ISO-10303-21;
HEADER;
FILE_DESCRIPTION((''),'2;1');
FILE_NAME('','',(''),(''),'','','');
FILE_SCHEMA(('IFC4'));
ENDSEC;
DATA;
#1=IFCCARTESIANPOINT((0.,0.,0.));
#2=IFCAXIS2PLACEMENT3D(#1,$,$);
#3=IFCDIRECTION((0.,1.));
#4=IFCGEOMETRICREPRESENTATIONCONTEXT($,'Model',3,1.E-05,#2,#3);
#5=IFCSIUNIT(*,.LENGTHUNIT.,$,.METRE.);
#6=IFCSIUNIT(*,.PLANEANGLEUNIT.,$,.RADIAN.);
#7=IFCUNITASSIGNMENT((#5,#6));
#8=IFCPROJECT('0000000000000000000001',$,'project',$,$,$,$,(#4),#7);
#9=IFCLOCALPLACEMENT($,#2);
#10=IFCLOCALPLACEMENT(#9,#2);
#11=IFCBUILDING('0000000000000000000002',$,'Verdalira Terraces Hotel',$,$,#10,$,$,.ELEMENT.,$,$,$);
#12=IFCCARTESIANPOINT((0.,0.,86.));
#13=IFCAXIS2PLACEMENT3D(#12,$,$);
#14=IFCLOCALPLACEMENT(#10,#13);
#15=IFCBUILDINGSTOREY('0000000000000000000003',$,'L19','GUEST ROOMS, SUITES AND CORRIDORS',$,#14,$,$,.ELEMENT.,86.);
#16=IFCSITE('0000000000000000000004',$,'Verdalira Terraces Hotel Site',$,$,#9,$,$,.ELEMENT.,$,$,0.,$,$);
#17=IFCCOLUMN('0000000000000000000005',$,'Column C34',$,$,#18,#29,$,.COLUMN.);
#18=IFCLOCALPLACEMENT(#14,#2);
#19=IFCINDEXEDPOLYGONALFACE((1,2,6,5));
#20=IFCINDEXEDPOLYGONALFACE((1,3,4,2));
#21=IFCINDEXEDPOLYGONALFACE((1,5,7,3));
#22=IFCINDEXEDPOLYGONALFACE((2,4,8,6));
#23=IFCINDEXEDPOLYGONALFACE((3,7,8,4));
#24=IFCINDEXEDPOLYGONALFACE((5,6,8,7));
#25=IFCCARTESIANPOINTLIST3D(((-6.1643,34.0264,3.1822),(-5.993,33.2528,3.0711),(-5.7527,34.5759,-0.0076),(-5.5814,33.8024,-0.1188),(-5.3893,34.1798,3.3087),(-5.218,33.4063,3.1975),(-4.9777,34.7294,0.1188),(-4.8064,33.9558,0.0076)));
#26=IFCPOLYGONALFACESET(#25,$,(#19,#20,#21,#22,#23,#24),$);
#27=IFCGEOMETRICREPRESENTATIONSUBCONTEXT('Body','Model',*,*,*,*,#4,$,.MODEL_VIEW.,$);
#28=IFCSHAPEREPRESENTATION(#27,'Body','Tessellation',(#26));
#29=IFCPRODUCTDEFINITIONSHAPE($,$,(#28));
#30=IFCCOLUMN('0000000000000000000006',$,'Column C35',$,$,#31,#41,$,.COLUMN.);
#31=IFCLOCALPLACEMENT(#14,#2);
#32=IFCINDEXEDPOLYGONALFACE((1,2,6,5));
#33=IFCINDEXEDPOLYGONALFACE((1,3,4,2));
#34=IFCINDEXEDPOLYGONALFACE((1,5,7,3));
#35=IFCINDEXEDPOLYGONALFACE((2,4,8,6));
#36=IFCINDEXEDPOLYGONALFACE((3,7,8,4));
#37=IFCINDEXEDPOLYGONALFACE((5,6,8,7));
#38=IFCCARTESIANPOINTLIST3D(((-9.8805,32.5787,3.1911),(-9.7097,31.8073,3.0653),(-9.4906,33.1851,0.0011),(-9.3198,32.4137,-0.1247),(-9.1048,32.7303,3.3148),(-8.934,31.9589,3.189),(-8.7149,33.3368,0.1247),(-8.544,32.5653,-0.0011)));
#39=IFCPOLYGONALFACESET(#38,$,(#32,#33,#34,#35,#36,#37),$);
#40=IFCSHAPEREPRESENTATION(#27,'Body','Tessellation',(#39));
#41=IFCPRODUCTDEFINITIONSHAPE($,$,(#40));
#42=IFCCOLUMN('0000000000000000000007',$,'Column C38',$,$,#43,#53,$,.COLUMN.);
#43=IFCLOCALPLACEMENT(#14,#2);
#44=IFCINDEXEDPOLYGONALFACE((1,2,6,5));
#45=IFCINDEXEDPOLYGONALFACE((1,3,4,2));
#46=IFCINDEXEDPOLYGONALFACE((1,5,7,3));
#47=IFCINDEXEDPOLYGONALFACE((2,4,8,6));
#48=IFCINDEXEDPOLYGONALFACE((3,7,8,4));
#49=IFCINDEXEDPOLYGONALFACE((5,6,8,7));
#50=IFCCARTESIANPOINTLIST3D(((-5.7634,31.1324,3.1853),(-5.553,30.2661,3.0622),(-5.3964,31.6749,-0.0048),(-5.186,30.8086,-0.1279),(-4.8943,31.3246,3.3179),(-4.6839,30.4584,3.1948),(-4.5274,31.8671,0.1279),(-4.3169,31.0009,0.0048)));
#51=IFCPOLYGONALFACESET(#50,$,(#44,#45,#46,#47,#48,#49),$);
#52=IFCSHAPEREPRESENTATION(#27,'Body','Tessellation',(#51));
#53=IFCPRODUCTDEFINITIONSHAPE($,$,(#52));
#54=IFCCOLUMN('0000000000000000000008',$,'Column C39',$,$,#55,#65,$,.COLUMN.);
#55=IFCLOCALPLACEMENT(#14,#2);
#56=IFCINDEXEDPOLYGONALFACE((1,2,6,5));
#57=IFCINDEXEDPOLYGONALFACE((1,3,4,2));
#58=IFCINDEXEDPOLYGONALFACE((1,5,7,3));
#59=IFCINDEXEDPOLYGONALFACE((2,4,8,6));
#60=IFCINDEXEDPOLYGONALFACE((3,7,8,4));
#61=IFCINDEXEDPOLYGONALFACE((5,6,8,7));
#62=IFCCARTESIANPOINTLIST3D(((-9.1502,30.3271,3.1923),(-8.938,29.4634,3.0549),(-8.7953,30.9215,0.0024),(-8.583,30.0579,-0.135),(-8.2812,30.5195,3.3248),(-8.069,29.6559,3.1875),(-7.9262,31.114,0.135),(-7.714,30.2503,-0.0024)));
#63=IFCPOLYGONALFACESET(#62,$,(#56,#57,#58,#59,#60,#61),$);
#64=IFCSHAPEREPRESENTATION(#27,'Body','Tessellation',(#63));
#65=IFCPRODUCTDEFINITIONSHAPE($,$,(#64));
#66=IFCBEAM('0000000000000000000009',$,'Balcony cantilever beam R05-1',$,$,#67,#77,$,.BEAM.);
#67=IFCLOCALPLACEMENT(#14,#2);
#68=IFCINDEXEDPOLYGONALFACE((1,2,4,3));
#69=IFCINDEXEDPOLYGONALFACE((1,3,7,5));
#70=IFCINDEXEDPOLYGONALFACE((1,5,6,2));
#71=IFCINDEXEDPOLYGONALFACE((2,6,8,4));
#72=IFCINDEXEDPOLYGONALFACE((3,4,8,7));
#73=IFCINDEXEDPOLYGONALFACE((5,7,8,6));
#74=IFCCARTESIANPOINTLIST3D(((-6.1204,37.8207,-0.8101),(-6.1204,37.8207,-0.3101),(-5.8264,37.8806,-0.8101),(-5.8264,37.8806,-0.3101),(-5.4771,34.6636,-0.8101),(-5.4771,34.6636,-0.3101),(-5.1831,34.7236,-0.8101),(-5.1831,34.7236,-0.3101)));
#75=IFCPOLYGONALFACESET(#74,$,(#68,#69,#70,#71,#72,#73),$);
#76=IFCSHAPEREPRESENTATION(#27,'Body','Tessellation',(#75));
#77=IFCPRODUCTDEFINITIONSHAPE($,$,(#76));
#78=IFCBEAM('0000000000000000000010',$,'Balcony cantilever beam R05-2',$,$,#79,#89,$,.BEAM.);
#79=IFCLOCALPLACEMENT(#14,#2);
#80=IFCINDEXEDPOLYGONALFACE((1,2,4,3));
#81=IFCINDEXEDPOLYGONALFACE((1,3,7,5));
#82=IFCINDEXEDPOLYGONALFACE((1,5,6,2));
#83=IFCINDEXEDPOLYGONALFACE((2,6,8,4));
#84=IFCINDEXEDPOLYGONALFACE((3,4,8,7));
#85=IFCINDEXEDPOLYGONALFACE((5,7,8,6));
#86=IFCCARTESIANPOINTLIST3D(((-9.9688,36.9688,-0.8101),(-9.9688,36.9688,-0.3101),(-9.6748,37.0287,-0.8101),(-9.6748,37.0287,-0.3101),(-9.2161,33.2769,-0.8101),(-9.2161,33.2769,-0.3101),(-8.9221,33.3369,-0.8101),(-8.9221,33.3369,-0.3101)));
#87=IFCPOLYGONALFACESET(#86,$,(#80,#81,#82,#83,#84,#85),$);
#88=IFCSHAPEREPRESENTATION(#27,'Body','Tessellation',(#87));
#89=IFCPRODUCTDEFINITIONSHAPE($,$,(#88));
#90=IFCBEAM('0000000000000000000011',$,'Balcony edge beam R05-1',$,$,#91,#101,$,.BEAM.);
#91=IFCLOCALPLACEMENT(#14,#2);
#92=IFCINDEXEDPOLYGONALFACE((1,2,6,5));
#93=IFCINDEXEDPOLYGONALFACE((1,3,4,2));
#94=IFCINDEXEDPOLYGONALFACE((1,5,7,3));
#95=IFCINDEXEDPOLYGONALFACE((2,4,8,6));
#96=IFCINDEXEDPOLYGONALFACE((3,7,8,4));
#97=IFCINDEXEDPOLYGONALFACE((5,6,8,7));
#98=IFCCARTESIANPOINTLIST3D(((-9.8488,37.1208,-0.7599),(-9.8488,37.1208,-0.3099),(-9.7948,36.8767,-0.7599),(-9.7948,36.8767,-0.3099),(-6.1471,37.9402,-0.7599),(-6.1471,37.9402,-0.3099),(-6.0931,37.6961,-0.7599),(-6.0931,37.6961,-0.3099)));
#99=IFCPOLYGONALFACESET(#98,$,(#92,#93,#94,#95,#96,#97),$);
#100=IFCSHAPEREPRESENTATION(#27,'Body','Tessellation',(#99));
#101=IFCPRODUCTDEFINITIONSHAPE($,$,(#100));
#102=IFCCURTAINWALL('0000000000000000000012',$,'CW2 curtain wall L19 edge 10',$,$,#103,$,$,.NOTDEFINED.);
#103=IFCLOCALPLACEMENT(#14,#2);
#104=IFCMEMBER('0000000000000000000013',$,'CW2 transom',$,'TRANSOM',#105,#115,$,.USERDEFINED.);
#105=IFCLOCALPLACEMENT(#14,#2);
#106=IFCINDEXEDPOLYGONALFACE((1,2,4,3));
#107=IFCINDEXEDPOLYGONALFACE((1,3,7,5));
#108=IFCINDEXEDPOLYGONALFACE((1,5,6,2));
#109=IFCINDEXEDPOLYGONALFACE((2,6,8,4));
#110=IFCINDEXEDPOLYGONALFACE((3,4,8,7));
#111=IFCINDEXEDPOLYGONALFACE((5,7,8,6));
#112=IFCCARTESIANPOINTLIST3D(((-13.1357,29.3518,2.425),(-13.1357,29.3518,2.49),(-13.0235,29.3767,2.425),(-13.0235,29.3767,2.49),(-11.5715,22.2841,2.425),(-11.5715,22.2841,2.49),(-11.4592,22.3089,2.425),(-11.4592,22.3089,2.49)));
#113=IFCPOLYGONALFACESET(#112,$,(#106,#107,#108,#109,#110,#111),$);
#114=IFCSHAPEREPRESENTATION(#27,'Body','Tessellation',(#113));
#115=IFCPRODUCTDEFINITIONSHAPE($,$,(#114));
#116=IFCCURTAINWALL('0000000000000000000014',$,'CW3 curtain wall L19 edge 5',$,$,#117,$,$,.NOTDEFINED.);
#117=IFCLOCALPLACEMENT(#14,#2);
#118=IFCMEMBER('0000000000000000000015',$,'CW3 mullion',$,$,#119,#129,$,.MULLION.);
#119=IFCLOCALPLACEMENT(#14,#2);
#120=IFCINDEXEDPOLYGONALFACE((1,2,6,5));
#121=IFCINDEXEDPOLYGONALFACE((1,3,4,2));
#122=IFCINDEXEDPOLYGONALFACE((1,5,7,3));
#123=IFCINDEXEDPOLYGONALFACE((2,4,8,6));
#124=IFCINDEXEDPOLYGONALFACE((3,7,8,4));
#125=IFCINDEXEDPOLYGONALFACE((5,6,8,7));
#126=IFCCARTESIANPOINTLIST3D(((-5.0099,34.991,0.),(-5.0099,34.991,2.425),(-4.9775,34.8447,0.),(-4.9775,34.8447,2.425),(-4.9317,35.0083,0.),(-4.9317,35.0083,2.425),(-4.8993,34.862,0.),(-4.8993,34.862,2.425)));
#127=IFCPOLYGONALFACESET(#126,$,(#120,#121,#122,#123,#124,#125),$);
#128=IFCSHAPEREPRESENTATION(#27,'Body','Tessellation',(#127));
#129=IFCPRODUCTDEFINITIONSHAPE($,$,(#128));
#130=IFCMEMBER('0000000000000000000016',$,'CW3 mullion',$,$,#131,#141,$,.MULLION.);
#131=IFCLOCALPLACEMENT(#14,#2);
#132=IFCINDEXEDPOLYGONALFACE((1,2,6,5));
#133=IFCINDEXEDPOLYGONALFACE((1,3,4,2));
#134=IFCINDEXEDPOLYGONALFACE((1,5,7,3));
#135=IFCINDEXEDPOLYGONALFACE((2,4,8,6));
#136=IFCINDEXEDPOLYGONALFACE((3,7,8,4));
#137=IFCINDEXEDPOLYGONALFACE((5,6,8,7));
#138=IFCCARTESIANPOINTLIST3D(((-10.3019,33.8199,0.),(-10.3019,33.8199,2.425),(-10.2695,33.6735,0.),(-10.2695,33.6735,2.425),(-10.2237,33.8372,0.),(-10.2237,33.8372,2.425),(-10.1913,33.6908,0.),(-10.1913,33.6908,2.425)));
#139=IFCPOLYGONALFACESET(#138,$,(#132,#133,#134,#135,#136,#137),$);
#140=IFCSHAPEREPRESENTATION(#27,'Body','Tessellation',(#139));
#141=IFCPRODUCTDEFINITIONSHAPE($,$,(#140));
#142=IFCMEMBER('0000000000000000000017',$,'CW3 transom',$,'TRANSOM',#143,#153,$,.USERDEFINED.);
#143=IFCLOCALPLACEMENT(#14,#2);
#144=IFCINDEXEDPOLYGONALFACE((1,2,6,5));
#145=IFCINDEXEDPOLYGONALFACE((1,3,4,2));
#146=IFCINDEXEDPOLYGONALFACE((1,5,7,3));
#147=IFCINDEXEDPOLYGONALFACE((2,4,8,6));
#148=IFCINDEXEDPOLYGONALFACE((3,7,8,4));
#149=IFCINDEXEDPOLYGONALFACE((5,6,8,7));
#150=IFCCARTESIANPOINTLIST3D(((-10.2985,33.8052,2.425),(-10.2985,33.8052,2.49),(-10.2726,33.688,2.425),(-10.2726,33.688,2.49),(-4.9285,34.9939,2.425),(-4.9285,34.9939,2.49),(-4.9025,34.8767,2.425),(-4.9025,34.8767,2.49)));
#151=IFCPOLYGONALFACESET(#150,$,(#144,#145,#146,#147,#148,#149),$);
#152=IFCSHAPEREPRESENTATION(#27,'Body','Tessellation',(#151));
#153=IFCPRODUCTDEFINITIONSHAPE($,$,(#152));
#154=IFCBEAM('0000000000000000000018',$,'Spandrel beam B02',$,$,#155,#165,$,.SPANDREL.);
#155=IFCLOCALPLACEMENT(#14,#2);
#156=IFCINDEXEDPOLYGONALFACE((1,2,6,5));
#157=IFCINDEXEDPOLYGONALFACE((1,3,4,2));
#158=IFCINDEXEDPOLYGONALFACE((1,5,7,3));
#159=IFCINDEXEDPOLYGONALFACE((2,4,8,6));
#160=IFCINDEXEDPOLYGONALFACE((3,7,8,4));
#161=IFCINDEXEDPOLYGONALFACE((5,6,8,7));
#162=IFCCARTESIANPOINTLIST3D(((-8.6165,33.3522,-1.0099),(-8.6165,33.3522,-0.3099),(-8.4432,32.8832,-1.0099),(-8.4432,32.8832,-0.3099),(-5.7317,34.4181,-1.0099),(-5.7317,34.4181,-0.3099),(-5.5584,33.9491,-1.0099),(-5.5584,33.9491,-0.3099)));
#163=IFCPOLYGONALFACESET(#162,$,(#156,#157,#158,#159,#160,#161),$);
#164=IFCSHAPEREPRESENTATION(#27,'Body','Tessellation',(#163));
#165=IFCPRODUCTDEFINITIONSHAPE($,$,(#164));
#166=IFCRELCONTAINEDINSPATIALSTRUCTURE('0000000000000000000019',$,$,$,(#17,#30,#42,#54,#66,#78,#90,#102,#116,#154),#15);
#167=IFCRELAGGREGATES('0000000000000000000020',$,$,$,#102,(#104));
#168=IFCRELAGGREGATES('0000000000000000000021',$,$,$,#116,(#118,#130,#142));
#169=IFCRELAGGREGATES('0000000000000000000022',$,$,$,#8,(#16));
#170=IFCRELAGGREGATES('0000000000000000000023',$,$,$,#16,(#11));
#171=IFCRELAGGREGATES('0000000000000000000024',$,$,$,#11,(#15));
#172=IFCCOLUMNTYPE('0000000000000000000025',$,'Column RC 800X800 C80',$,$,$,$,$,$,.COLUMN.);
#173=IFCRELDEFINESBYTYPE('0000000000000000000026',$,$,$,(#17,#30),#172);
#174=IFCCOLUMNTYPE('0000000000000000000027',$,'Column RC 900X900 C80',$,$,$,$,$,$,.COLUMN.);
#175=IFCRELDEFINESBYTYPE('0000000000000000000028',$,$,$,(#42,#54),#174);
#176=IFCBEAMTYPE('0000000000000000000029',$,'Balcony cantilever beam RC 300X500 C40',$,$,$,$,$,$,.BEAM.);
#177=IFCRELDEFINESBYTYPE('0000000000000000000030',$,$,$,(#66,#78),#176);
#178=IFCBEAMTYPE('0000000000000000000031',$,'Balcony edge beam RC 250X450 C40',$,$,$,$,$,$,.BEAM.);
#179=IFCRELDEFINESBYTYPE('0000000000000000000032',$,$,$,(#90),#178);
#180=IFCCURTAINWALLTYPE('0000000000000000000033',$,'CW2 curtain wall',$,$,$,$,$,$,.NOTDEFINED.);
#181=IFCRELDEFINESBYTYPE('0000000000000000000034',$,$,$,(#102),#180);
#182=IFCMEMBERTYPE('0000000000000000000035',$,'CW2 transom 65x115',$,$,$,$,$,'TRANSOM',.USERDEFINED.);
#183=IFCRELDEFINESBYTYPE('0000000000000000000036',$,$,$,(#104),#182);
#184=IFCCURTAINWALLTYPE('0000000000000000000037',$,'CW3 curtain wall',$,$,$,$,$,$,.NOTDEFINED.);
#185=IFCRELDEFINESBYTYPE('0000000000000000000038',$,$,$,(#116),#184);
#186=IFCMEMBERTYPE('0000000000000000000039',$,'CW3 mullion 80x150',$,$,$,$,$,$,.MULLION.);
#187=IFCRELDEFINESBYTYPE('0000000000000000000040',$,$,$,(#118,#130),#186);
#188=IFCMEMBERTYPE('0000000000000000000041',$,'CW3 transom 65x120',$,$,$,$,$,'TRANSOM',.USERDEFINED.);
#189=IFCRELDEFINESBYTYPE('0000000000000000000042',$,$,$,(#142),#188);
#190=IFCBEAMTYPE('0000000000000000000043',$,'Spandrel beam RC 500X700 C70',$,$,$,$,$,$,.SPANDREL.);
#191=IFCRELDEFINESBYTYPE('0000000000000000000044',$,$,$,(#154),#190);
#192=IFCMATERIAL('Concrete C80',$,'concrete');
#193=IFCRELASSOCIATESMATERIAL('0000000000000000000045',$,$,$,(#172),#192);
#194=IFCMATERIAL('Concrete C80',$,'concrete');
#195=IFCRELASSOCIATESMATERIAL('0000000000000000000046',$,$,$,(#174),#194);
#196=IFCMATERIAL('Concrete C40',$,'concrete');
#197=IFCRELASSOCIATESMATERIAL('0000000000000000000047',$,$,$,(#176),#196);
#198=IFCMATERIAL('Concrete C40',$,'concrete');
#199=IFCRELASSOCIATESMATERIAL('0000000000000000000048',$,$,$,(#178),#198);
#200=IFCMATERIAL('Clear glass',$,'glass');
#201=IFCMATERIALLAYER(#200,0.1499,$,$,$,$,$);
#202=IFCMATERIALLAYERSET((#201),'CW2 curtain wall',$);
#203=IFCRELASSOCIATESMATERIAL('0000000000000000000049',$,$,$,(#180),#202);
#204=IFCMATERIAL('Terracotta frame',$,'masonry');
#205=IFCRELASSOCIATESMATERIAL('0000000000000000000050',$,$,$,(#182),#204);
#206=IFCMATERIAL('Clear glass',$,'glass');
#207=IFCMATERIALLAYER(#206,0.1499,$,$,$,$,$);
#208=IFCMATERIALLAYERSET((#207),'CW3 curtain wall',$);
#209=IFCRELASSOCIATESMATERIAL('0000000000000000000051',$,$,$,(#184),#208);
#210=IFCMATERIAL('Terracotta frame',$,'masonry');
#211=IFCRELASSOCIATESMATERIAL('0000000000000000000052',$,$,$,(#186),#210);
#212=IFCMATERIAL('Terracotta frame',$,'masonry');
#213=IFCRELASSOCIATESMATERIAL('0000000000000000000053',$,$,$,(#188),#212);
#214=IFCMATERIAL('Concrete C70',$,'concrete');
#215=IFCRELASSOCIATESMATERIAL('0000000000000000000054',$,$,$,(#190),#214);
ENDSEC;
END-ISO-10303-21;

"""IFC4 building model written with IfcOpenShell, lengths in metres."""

from ifc_helpers import new_model, si_unit, direction, frame, origin, origin_2d, place, context, subcontext, project, spatial, rectangle, extrude, material, layer, layer_set, material_profile, profile_set, type_object, element, aggregate, save


model = new_model("IFC4")

# Units and contexts
model_context = context("Model", 3, precision=1e-05, world=origin(), true_north=direction((0.0, 1.0)))
body_context = subcontext(model_context, "Body", "Model", "MODEL_VIEW")
ifc_project = project(units=[si_unit("LENGTHUNIT", "METRE"), si_unit("PLANEANGLEUNIT", "RADIAN")], contexts=[model_context])

# Site, building, storey
site_placement = place(None, origin())
site = spatial("IfcSite", under=ifc_project, at=site_placement, Name="Verdalira Terraces Hotel Site", CompositionType="ELEMENT", RefElevation=0.0)
building_placement = place(site_placement, origin())
building = spatial("IfcBuilding", under=site, at=building_placement, Name="Verdalira Terraces Hotel", CompositionType="ELEMENT")
storey_placement = place(building_placement, frame((0.0, 0.0, 86.0)))
storey = spatial("IfcBuildingStorey", under=building, at=storey_placement, Name="L19", Description="GUEST ROOMS, SUITES AND CORRIDORS", CompositionType="ELEMENT", Elevation=86.0)

# Columns
ifc_material_1 = material(Name="Concrete C80", Category="concrete")
ifc_material_profile_1 = material_profile(ifc_material_1, rectangle(XDim=0.8, YDim=0.8, at=origin_2d()), Name="RC 800X800")
ifc_profile_set_1 = profile_set([ifc_material_profile_1], Name="Concrete C80")
column_type_1 = type_object("IfcColumnType", Name="Column RC 800X800 C80", PredefinedType="COLUMN", material=ifc_profile_set_1)
column_1_placement = place(storey_placement, frame((-5.2795, 34.2659, 0.0), z_axis=(-0.126148, -0.168422, 0.97761), x_axis=(-0.968631, -0.191782, -0.158029)))
element("IfcColumn", 1, at=column_1_placement, inside=storey, type_object=column_type_1, Name="Column C34", PredefinedType="COLUMN", context=body_context, shape_type="SweptSolid", body=[
    extrude(rectangle(XDim=0.8, YDim=0.8, at=origin_2d()), origin(), (0.0, 0.0, 1.0), 3.2629),
])
column_2_placement = place(storey_placement, frame((-9.0173, 32.8752, 0.0), z_axis=(-0.119219, -0.185435, 0.975398), x_axis=(-0.969642, -0.189504, -0.154542)))
element("IfcColumn", 2, at=column_2_placement, inside=storey, type_object=column_type_1, Name="Column C35", PredefinedType="COLUMN", context=body_context, shape_type="SweptSolid", body=[
    extrude(rectangle(XDim=0.8, YDim=0.8, at=origin_2d()), origin(), (0.0, 0.0, 1.0), 3.2705),
])
ifc_material_2 = material(Name="Concrete C80", Category="concrete")
ifc_material_profile_2 = material_profile(ifc_material_2, rectangle(XDim=0.8999, YDim=0.8999, at=origin_2d()), Name="RC 900X900")
ifc_profile_set_2 = profile_set([ifc_material_profile_2], Name="Concrete C80")
column_type_2 = type_object("IfcColumnType", Name="Column RC 900X900 C80", PredefinedType="COLUMN", material=ifc_profile_set_2)
column_3_placement = place(storey_placement, frame((-4.8567, 31.3379, 0.0), z_axis=(-0.112681, -0.166585, 0.979567), x_axis=(-0.233848, 0.962601, 0.1368)))
element("IfcColumn", 3, at=column_3_placement, inside=storey, type_object=column_type_2, Name="Column C38", PredefinedType="COLUMN", context=body_context, shape_type="SweptSolid", body=[
    extrude(rectangle(XDim=0.8999, YDim=0.8999, at=origin_2d()), origin(), (0.0, 0.0, 1.0), 3.2566),
])
column_4_placement = place(storey_placement, frame((-8.2546, 30.5859, 0.0), z_axis=(-0.108749, -0.182121, 0.977244), x_axis=(-0.235829, 0.959736, 0.152615)))
element("IfcColumn", 4, at=column_4_placement, inside=storey, type_object=column_type_2, Name="Column C39", PredefinedType="COLUMN", context=body_context, shape_type="SweptSolid", body=[
    extrude(rectangle(XDim=0.8999, YDim=0.8999, at=origin_2d()), origin(), (0.0, 0.0, 1.0), 3.2642),
])

# Beams
ifc_material_3 = material(Name="Concrete C40", Category="concrete")
ifc_material_profile_3 = material_profile(ifc_material_3, rectangle(XDim=0.3, YDim=0.5, at=origin_2d()), Name="RC 300X500")
ifc_profile_set_3 = profile_set([ifc_material_profile_3], Name="Concrete C40")
beam_type_1 = type_object("IfcBeamType", Name="Balcony cantilever beam RC 300X500 C40", PredefinedType="BEAM", material=ifc_profile_set_3)
beam_1_placement = place(storey_placement, frame((-5.3301, 34.6936, -0.5601), z_axis=(-0.199671, 0.979863, 0.0), x_axis=(-0.979863, -0.199671, 0.0)))
element("IfcBeam", 5, at=beam_1_placement, inside=storey, type_object=beam_type_1, Name="Balcony cantilever beam R05-1", PredefinedType="BEAM", context=body_context, shape_type="SweptSolid", body=[
    extrude(rectangle(XDim=0.3, YDim=0.5, at=origin_2d()), origin(), (0.0, 0.0, 1.0), 3.2219),
])
beam_2_placement = place(storey_placement, frame((-9.0691, 33.3069, -0.5601), z_axis=(-0.199766, 0.979844, 0.0), x_axis=(-0.979844, -0.199766, 0.0)))
element("IfcBeam", 6, at=beam_2_placement, inside=storey, type_object=beam_type_1, Name="Balcony cantilever beam R05-2", PredefinedType="BEAM", context=body_context, shape_type="SweptSolid", body=[
    extrude(rectangle(XDim=0.3, YDim=0.5, at=origin_2d()), origin(), (0.0, 0.0, 1.0), 3.7678),
])
ifc_material_4 = material(Name="Concrete C40", Category="concrete")
ifc_material_profile_4 = material_profile(ifc_material_4, rectangle(XDim=0.25, YDim=0.45, at=origin_2d()), Name="RC 250X450")
ifc_profile_set_4 = profile_set([ifc_material_profile_4], Name="Concrete C40")
beam_type_2 = type_object("IfcBeamType", Name="Balcony edge beam RC 250X450 C40", PredefinedType="BEAM", material=ifc_profile_set_4)
beam_3_placement = place(storey_placement, frame((-6.1201, 37.8181, -0.5349), z_axis=(-0.976369, -0.216112, 0.0), x_axis=(0.216112, -0.976369, 0.0)))
element("IfcBeam", 7, at=beam_3_placement, inside=storey, type_object=beam_type_2, Name="Balcony edge beam R05-1", PredefinedType="BEAM", context=body_context, shape_type="SweptSolid", body=[
    extrude(rectangle(XDim=0.25, YDim=0.45, at=origin_2d()), origin(), (0.0, 0.0, 1.0), 3.7913),
])

# Curtain wall, member
ifc_material_5 = material(Name="Clear glass", Category="glass")
ifc_layer_1 = layer(ifc_material_5, 0.1499)
ifc_layer_set_1 = layer_set([ifc_layer_1], Name="CW2 curtain wall")
curtain_wall_type_1 = type_object("IfcCurtainWallType", Name="CW2 curtain wall", PredefinedType="NOTDEFINED", material=ifc_layer_set_1)
curtain_wall_1_placement = place(storey_placement, origin())
curtain_wall_1 = element("IfcCurtainWall", 8, at=curtain_wall_1_placement, inside=storey, type_object=curtain_wall_type_1, Name="CW2 curtain wall L19 edge 10", PredefinedType="NOTDEFINED")
ifc_material_6 = material(Name="Terracotta frame", Category="masonry")
ifc_material_profile_5 = material_profile(ifc_material_6, rectangle(XDim=0.115, YDim=0.0649, at=origin_2d()), Name="TR 65x115")
ifc_profile_set_5 = profile_set([ifc_material_profile_5], Name="Terracotta frame")
member_type_1 = type_object("IfcMemberType", Name="CW2 transom 65x115", ElementType="TRANSOM", PredefinedType="USERDEFINED", material=ifc_profile_set_5)
member_1_placement = place(storey_placement, frame((-13.0796, 29.3643, 2.4575), z_axis=(0.216091, -0.976373, 0.0), x_axis=(0.976373, 0.216091, 0.0)))
member_1 = element("IfcMember", 9, at=member_1_placement, type_object=member_type_1, Name="CW2 transom", ObjectType="TRANSOM", PredefinedType="USERDEFINED", context=body_context, shape_type="SweptSolid", body=[
    extrude(rectangle(XDim=0.115, YDim=0.0649, at=origin_2d()), origin(), (0.0, 0.0, 1.0), 7.2388),
])
aggregate(curtain_wall_1, [member_1])

# Curtain wall, members
ifc_material_7 = material(Name="Clear glass", Category="glass")
ifc_layer_2 = layer(ifc_material_7, 0.1499)
ifc_layer_set_2 = layer_set([ifc_layer_2], Name="CW3 curtain wall")
curtain_wall_type_2 = type_object("IfcCurtainWallType", Name="CW3 curtain wall", PredefinedType="NOTDEFINED", material=ifc_layer_set_2)
curtain_wall_2_placement = place(storey_placement, origin())
curtain_wall_2 = element("IfcCurtainWall", 10, at=curtain_wall_2_placement, inside=storey, type_object=curtain_wall_type_2, Name="CW3 curtain wall L19 edge 5", PredefinedType="NOTDEFINED")
ifc_material_8 = material(Name="Terracotta frame", Category="masonry")
ifc_material_profile_6 = material_profile(ifc_material_8, rectangle(XDim=0.0801, YDim=0.1499, at=origin_2d()), Name="MU 80x150")
ifc_profile_set_6 = profile_set([ifc_material_profile_6], Name="Terracotta frame")
member_type_2 = type_object("IfcMemberType", Name="CW3 mullion 80x150", PredefinedType="MULLION", material=ifc_profile_set_6)
member_2_placement = place(storey_placement, frame((-4.9546, 34.9265, 0.0), z_axis=(0.0, 0.0, 1.0), x_axis=(-0.976371, -0.216099, 0.0)))
member_2 = element("IfcMember", 11, at=member_2_placement, type_object=member_type_2, Name="CW3 mullion", PredefinedType="MULLION", context=body_context, shape_type="SweptSolid", body=[
    extrude(rectangle(XDim=0.0801, YDim=0.1499, at=origin_2d()), origin(), (0.0, 0.0, 1.0), 2.425),
])
member_3_placement = place(storey_placement, frame((-10.2466, 33.7554, 0.0), z_axis=(0.0, 0.0, 1.0), x_axis=(-0.976371, -0.216099, 0.0)))
member_3 = element("IfcMember", 12, at=member_3_placement, type_object=member_type_2, Name="CW3 mullion", PredefinedType="MULLION", context=body_context, shape_type="SweptSolid", body=[
    extrude(rectangle(XDim=0.0801, YDim=0.1499, at=origin_2d()), origin(), (0.0, 0.0, 1.0), 2.425),
])
ifc_material_9 = material(Name="Terracotta frame", Category="masonry")
ifc_material_profile_7 = material_profile(ifc_material_9, rectangle(XDim=0.1201, YDim=0.0649, at=origin_2d()), Name="TR 65x120")
ifc_profile_set_7 = profile_set([ifc_material_profile_7], Name="Terracotta frame")
member_type_3 = type_object("IfcMemberType", Name="CW3 transom 65x120", ElementType="TRANSOM", PredefinedType="USERDEFINED", material=ifc_profile_set_7)
member_4_placement = place(storey_placement, frame((-4.9155, 34.9353, 2.4575), z_axis=(-0.976365, -0.216127, 0.0), x_axis=(0.216127, -0.976365, 0.0)))
member_4 = element("IfcMember", 13, at=member_4_placement, type_object=member_type_3, Name="CW3 transom", ObjectType="TRANSOM", PredefinedType="USERDEFINED", context=body_context, shape_type="SweptSolid", body=[
    extrude(rectangle(XDim=0.1201, YDim=0.0649, at=origin_2d()), origin(), (0.0, 0.0, 1.0), 5.5),
])

# Beam
ifc_material_10 = material(Name="Concrete C70", Category="concrete")
ifc_material_profile_8 = material_profile(ifc_material_10, rectangle(XDim=0.5, YDim=0.7, at=origin_2d()), Name="RC 500X700")
ifc_profile_set_8 = profile_set([ifc_material_profile_8], Name="Concrete C70")
beam_type_3 = type_object("IfcBeamType", Name="Spandrel beam RC 500X700 C70", PredefinedType="SPANDREL", material=ifc_profile_set_8)
beam_4_placement = place(storey_placement, frame((-5.645, 34.1836, -0.6599), z_axis=(-0.938015, -0.346595, 0.0), x_axis=(0.346595, -0.938015, 0.0)))
element("IfcBeam", 14, at=beam_4_placement, inside=storey, type_object=beam_type_3, Name="Spandrel beam B02", PredefinedType="SPANDREL", context=body_context, shape_type="SweptSolid", body=[
    extrude(rectangle(XDim=0.5, YDim=0.7, at=origin_2d()), origin(), (0.0, 0.0, 1.0), 3.0754),
])

aggregate(curtain_wall_2, [member_2, member_3, member_4])

save(model, "model.ifc")
